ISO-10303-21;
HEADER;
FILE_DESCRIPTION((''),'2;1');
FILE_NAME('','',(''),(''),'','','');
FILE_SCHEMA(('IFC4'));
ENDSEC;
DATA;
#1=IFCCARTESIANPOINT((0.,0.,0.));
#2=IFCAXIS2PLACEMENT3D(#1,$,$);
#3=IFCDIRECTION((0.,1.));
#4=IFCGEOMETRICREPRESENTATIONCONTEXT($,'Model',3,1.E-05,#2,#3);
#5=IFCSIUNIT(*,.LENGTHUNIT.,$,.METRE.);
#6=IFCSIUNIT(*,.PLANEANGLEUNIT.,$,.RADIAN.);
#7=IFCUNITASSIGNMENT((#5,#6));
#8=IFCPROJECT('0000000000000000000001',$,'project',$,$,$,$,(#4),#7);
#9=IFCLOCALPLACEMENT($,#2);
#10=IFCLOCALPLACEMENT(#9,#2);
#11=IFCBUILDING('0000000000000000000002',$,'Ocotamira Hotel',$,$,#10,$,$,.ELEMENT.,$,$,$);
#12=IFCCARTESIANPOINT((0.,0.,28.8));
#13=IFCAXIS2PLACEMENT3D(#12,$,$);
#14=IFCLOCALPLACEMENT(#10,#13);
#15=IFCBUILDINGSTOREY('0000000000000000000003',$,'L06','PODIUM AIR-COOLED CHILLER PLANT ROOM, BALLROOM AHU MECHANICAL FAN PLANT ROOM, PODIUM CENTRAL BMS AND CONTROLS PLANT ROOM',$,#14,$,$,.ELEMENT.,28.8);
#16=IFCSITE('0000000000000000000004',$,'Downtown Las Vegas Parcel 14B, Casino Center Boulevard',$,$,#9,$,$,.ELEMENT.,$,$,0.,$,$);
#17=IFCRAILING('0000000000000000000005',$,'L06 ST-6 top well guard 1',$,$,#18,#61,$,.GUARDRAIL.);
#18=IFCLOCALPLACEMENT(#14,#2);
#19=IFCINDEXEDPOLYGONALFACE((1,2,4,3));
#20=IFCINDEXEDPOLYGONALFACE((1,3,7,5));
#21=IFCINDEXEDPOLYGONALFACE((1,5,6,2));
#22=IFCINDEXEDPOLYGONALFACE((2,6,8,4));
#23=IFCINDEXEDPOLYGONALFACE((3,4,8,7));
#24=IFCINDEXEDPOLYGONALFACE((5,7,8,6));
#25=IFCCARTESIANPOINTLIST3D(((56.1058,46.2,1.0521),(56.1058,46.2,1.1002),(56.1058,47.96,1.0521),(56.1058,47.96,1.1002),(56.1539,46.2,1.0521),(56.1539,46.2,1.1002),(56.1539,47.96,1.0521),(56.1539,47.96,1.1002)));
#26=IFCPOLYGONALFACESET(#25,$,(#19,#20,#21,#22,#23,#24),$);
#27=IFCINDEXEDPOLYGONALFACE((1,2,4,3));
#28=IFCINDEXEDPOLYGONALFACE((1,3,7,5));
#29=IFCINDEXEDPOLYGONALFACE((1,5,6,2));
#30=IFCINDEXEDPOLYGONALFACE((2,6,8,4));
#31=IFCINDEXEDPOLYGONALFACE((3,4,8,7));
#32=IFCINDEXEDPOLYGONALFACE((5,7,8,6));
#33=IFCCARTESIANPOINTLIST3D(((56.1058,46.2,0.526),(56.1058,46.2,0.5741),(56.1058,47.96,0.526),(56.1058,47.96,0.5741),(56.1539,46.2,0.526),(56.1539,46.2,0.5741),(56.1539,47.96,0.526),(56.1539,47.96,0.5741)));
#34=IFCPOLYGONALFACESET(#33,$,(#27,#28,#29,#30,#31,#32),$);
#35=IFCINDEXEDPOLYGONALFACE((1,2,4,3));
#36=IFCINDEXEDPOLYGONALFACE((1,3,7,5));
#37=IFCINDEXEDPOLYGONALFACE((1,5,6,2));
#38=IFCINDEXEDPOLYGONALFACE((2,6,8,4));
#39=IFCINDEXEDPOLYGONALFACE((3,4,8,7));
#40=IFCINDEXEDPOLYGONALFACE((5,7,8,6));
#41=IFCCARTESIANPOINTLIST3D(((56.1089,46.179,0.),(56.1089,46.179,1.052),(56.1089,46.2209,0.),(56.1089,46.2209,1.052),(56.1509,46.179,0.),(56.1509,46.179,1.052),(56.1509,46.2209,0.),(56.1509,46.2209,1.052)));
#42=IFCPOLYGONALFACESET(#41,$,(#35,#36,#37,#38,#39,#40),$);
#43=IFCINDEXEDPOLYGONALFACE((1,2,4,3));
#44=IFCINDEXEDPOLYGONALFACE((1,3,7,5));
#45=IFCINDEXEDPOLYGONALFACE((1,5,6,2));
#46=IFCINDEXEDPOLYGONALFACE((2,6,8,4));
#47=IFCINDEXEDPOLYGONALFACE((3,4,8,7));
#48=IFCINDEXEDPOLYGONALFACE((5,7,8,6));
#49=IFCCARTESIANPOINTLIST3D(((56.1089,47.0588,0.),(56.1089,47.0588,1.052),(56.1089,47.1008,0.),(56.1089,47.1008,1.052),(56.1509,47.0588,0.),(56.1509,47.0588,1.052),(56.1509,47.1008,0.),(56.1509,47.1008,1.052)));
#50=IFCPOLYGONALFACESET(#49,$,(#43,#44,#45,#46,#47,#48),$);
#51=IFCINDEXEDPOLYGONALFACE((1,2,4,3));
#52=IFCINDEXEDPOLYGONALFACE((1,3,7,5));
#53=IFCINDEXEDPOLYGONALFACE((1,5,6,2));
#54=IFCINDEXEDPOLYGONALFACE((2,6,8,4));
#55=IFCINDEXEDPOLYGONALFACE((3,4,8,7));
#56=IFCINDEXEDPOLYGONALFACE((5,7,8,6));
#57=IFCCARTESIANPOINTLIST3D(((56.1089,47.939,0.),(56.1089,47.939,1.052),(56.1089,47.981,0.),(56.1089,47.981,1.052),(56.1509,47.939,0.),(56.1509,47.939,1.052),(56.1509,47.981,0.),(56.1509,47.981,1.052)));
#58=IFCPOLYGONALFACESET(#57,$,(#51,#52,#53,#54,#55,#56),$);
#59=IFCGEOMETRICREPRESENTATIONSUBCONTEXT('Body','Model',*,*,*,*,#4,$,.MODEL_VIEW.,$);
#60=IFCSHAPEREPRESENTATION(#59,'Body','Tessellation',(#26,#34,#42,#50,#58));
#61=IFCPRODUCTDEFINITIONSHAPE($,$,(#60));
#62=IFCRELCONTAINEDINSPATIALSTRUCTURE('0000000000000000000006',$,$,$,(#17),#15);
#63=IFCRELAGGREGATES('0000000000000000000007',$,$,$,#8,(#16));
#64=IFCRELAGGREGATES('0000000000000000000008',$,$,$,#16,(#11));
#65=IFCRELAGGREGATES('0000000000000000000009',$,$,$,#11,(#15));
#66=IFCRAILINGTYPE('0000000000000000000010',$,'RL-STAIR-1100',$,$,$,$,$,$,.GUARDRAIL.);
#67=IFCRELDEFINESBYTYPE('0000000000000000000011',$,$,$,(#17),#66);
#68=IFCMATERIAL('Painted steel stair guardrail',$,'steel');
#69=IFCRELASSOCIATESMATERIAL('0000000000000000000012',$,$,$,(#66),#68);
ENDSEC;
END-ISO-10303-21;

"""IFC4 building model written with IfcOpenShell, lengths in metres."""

from ifc_helpers import new_model, si_unit, direction, frame, origin, origin_2d, place, context, subcontext, project, spatial, rectangle, extrude, material, type_object, element, save


model = new_model("IFC4")

# Units and contexts
model_context = context("Model", 3, precision=1e-05, world=origin(), true_north=direction((0.0, 1.0)))
body_context = subcontext(model_context, "Body", "Model", "MODEL_VIEW")
ifc_project = project(units=[si_unit("LENGTHUNIT", "METRE"), si_unit("PLANEANGLEUNIT", "RADIAN")], contexts=[model_context])

# Site, building, storey
site_placement = place(None, origin())
site = spatial("IfcSite", under=ifc_project, at=site_placement, Name="Downtown Las Vegas Parcel 14B, Casino Center Boulevard", CompositionType="ELEMENT", RefElevation=0.0)
building_placement = place(site_placement, origin())
building = spatial("IfcBuilding", under=site, at=building_placement, Name="Ocotamira Hotel", CompositionType="ELEMENT")
storey_placement = place(building_placement, frame((0.0, 0.0, 28.8)))
storey = spatial("IfcBuildingStorey", under=building, at=storey_placement, Name="L06", Description="PODIUM AIR-COOLED CHILLER PLANT ROOM, BALLROOM AHU MECHANICAL FAN PLANT ROOM, PODIUM CENTRAL BMS AND CONTROLS PLANT ROOM", CompositionType="ELEMENT", Elevation=28.8)

# Railing
ifc_material_1 = material(Name="Painted steel stair guardrail", Category="steel")
railing_type_1 = type_object("IfcRailingType", Name="RL-STAIR-1100", PredefinedType="GUARDRAIL", material=ifc_material_1)
railing_1_placement = place(storey_placement, frame((56.1299, 46.2, 0.0)))
element("IfcRailing", 1, at=railing_1_placement, inside=storey, type_object=railing_type_1, Name="L06 ST-6 top well guard 1", PredefinedType="GUARDRAIL", context=body_context, shape_type="SweptSolid", body=[
    extrude(rectangle(XDim=0.0481, YDim=0.0481, at=origin_2d()), frame((0.0, 0.0, 1.0762), z_axis=(0.0, 1.0, 0.0), x_axis=(-1.0, 0.0, 0.0)), (0.0, 0.0, 1.0), 1.76),
    extrude(rectangle(XDim=0.0481, YDim=0.0481, at=origin_2d()), frame((0.0, 0.0, 0.55), z_axis=(0.0, 1.0, 0.0), x_axis=(-1.0, 0.0, 0.0)), (0.0, 0.0, 1.0), 1.76),
    extrude(rectangle(XDim=0.042, YDim=0.042, at=origin_2d()), origin(), (0.0, 0.0, 1.0), 1.052),
    extrude(rectangle(XDim=0.042, YDim=0.042, at=origin_2d()), frame((0.0, 0.8799, 0.0)), (0.0, 0.0, 1.0), 1.052),
    extrude(rectangle(XDim=0.042, YDim=0.042, at=origin_2d()), frame((0.0, 1.76, 0.0)), (0.0, 0.0, 1.0), 1.052),
])

save(model, "model.ifc")
